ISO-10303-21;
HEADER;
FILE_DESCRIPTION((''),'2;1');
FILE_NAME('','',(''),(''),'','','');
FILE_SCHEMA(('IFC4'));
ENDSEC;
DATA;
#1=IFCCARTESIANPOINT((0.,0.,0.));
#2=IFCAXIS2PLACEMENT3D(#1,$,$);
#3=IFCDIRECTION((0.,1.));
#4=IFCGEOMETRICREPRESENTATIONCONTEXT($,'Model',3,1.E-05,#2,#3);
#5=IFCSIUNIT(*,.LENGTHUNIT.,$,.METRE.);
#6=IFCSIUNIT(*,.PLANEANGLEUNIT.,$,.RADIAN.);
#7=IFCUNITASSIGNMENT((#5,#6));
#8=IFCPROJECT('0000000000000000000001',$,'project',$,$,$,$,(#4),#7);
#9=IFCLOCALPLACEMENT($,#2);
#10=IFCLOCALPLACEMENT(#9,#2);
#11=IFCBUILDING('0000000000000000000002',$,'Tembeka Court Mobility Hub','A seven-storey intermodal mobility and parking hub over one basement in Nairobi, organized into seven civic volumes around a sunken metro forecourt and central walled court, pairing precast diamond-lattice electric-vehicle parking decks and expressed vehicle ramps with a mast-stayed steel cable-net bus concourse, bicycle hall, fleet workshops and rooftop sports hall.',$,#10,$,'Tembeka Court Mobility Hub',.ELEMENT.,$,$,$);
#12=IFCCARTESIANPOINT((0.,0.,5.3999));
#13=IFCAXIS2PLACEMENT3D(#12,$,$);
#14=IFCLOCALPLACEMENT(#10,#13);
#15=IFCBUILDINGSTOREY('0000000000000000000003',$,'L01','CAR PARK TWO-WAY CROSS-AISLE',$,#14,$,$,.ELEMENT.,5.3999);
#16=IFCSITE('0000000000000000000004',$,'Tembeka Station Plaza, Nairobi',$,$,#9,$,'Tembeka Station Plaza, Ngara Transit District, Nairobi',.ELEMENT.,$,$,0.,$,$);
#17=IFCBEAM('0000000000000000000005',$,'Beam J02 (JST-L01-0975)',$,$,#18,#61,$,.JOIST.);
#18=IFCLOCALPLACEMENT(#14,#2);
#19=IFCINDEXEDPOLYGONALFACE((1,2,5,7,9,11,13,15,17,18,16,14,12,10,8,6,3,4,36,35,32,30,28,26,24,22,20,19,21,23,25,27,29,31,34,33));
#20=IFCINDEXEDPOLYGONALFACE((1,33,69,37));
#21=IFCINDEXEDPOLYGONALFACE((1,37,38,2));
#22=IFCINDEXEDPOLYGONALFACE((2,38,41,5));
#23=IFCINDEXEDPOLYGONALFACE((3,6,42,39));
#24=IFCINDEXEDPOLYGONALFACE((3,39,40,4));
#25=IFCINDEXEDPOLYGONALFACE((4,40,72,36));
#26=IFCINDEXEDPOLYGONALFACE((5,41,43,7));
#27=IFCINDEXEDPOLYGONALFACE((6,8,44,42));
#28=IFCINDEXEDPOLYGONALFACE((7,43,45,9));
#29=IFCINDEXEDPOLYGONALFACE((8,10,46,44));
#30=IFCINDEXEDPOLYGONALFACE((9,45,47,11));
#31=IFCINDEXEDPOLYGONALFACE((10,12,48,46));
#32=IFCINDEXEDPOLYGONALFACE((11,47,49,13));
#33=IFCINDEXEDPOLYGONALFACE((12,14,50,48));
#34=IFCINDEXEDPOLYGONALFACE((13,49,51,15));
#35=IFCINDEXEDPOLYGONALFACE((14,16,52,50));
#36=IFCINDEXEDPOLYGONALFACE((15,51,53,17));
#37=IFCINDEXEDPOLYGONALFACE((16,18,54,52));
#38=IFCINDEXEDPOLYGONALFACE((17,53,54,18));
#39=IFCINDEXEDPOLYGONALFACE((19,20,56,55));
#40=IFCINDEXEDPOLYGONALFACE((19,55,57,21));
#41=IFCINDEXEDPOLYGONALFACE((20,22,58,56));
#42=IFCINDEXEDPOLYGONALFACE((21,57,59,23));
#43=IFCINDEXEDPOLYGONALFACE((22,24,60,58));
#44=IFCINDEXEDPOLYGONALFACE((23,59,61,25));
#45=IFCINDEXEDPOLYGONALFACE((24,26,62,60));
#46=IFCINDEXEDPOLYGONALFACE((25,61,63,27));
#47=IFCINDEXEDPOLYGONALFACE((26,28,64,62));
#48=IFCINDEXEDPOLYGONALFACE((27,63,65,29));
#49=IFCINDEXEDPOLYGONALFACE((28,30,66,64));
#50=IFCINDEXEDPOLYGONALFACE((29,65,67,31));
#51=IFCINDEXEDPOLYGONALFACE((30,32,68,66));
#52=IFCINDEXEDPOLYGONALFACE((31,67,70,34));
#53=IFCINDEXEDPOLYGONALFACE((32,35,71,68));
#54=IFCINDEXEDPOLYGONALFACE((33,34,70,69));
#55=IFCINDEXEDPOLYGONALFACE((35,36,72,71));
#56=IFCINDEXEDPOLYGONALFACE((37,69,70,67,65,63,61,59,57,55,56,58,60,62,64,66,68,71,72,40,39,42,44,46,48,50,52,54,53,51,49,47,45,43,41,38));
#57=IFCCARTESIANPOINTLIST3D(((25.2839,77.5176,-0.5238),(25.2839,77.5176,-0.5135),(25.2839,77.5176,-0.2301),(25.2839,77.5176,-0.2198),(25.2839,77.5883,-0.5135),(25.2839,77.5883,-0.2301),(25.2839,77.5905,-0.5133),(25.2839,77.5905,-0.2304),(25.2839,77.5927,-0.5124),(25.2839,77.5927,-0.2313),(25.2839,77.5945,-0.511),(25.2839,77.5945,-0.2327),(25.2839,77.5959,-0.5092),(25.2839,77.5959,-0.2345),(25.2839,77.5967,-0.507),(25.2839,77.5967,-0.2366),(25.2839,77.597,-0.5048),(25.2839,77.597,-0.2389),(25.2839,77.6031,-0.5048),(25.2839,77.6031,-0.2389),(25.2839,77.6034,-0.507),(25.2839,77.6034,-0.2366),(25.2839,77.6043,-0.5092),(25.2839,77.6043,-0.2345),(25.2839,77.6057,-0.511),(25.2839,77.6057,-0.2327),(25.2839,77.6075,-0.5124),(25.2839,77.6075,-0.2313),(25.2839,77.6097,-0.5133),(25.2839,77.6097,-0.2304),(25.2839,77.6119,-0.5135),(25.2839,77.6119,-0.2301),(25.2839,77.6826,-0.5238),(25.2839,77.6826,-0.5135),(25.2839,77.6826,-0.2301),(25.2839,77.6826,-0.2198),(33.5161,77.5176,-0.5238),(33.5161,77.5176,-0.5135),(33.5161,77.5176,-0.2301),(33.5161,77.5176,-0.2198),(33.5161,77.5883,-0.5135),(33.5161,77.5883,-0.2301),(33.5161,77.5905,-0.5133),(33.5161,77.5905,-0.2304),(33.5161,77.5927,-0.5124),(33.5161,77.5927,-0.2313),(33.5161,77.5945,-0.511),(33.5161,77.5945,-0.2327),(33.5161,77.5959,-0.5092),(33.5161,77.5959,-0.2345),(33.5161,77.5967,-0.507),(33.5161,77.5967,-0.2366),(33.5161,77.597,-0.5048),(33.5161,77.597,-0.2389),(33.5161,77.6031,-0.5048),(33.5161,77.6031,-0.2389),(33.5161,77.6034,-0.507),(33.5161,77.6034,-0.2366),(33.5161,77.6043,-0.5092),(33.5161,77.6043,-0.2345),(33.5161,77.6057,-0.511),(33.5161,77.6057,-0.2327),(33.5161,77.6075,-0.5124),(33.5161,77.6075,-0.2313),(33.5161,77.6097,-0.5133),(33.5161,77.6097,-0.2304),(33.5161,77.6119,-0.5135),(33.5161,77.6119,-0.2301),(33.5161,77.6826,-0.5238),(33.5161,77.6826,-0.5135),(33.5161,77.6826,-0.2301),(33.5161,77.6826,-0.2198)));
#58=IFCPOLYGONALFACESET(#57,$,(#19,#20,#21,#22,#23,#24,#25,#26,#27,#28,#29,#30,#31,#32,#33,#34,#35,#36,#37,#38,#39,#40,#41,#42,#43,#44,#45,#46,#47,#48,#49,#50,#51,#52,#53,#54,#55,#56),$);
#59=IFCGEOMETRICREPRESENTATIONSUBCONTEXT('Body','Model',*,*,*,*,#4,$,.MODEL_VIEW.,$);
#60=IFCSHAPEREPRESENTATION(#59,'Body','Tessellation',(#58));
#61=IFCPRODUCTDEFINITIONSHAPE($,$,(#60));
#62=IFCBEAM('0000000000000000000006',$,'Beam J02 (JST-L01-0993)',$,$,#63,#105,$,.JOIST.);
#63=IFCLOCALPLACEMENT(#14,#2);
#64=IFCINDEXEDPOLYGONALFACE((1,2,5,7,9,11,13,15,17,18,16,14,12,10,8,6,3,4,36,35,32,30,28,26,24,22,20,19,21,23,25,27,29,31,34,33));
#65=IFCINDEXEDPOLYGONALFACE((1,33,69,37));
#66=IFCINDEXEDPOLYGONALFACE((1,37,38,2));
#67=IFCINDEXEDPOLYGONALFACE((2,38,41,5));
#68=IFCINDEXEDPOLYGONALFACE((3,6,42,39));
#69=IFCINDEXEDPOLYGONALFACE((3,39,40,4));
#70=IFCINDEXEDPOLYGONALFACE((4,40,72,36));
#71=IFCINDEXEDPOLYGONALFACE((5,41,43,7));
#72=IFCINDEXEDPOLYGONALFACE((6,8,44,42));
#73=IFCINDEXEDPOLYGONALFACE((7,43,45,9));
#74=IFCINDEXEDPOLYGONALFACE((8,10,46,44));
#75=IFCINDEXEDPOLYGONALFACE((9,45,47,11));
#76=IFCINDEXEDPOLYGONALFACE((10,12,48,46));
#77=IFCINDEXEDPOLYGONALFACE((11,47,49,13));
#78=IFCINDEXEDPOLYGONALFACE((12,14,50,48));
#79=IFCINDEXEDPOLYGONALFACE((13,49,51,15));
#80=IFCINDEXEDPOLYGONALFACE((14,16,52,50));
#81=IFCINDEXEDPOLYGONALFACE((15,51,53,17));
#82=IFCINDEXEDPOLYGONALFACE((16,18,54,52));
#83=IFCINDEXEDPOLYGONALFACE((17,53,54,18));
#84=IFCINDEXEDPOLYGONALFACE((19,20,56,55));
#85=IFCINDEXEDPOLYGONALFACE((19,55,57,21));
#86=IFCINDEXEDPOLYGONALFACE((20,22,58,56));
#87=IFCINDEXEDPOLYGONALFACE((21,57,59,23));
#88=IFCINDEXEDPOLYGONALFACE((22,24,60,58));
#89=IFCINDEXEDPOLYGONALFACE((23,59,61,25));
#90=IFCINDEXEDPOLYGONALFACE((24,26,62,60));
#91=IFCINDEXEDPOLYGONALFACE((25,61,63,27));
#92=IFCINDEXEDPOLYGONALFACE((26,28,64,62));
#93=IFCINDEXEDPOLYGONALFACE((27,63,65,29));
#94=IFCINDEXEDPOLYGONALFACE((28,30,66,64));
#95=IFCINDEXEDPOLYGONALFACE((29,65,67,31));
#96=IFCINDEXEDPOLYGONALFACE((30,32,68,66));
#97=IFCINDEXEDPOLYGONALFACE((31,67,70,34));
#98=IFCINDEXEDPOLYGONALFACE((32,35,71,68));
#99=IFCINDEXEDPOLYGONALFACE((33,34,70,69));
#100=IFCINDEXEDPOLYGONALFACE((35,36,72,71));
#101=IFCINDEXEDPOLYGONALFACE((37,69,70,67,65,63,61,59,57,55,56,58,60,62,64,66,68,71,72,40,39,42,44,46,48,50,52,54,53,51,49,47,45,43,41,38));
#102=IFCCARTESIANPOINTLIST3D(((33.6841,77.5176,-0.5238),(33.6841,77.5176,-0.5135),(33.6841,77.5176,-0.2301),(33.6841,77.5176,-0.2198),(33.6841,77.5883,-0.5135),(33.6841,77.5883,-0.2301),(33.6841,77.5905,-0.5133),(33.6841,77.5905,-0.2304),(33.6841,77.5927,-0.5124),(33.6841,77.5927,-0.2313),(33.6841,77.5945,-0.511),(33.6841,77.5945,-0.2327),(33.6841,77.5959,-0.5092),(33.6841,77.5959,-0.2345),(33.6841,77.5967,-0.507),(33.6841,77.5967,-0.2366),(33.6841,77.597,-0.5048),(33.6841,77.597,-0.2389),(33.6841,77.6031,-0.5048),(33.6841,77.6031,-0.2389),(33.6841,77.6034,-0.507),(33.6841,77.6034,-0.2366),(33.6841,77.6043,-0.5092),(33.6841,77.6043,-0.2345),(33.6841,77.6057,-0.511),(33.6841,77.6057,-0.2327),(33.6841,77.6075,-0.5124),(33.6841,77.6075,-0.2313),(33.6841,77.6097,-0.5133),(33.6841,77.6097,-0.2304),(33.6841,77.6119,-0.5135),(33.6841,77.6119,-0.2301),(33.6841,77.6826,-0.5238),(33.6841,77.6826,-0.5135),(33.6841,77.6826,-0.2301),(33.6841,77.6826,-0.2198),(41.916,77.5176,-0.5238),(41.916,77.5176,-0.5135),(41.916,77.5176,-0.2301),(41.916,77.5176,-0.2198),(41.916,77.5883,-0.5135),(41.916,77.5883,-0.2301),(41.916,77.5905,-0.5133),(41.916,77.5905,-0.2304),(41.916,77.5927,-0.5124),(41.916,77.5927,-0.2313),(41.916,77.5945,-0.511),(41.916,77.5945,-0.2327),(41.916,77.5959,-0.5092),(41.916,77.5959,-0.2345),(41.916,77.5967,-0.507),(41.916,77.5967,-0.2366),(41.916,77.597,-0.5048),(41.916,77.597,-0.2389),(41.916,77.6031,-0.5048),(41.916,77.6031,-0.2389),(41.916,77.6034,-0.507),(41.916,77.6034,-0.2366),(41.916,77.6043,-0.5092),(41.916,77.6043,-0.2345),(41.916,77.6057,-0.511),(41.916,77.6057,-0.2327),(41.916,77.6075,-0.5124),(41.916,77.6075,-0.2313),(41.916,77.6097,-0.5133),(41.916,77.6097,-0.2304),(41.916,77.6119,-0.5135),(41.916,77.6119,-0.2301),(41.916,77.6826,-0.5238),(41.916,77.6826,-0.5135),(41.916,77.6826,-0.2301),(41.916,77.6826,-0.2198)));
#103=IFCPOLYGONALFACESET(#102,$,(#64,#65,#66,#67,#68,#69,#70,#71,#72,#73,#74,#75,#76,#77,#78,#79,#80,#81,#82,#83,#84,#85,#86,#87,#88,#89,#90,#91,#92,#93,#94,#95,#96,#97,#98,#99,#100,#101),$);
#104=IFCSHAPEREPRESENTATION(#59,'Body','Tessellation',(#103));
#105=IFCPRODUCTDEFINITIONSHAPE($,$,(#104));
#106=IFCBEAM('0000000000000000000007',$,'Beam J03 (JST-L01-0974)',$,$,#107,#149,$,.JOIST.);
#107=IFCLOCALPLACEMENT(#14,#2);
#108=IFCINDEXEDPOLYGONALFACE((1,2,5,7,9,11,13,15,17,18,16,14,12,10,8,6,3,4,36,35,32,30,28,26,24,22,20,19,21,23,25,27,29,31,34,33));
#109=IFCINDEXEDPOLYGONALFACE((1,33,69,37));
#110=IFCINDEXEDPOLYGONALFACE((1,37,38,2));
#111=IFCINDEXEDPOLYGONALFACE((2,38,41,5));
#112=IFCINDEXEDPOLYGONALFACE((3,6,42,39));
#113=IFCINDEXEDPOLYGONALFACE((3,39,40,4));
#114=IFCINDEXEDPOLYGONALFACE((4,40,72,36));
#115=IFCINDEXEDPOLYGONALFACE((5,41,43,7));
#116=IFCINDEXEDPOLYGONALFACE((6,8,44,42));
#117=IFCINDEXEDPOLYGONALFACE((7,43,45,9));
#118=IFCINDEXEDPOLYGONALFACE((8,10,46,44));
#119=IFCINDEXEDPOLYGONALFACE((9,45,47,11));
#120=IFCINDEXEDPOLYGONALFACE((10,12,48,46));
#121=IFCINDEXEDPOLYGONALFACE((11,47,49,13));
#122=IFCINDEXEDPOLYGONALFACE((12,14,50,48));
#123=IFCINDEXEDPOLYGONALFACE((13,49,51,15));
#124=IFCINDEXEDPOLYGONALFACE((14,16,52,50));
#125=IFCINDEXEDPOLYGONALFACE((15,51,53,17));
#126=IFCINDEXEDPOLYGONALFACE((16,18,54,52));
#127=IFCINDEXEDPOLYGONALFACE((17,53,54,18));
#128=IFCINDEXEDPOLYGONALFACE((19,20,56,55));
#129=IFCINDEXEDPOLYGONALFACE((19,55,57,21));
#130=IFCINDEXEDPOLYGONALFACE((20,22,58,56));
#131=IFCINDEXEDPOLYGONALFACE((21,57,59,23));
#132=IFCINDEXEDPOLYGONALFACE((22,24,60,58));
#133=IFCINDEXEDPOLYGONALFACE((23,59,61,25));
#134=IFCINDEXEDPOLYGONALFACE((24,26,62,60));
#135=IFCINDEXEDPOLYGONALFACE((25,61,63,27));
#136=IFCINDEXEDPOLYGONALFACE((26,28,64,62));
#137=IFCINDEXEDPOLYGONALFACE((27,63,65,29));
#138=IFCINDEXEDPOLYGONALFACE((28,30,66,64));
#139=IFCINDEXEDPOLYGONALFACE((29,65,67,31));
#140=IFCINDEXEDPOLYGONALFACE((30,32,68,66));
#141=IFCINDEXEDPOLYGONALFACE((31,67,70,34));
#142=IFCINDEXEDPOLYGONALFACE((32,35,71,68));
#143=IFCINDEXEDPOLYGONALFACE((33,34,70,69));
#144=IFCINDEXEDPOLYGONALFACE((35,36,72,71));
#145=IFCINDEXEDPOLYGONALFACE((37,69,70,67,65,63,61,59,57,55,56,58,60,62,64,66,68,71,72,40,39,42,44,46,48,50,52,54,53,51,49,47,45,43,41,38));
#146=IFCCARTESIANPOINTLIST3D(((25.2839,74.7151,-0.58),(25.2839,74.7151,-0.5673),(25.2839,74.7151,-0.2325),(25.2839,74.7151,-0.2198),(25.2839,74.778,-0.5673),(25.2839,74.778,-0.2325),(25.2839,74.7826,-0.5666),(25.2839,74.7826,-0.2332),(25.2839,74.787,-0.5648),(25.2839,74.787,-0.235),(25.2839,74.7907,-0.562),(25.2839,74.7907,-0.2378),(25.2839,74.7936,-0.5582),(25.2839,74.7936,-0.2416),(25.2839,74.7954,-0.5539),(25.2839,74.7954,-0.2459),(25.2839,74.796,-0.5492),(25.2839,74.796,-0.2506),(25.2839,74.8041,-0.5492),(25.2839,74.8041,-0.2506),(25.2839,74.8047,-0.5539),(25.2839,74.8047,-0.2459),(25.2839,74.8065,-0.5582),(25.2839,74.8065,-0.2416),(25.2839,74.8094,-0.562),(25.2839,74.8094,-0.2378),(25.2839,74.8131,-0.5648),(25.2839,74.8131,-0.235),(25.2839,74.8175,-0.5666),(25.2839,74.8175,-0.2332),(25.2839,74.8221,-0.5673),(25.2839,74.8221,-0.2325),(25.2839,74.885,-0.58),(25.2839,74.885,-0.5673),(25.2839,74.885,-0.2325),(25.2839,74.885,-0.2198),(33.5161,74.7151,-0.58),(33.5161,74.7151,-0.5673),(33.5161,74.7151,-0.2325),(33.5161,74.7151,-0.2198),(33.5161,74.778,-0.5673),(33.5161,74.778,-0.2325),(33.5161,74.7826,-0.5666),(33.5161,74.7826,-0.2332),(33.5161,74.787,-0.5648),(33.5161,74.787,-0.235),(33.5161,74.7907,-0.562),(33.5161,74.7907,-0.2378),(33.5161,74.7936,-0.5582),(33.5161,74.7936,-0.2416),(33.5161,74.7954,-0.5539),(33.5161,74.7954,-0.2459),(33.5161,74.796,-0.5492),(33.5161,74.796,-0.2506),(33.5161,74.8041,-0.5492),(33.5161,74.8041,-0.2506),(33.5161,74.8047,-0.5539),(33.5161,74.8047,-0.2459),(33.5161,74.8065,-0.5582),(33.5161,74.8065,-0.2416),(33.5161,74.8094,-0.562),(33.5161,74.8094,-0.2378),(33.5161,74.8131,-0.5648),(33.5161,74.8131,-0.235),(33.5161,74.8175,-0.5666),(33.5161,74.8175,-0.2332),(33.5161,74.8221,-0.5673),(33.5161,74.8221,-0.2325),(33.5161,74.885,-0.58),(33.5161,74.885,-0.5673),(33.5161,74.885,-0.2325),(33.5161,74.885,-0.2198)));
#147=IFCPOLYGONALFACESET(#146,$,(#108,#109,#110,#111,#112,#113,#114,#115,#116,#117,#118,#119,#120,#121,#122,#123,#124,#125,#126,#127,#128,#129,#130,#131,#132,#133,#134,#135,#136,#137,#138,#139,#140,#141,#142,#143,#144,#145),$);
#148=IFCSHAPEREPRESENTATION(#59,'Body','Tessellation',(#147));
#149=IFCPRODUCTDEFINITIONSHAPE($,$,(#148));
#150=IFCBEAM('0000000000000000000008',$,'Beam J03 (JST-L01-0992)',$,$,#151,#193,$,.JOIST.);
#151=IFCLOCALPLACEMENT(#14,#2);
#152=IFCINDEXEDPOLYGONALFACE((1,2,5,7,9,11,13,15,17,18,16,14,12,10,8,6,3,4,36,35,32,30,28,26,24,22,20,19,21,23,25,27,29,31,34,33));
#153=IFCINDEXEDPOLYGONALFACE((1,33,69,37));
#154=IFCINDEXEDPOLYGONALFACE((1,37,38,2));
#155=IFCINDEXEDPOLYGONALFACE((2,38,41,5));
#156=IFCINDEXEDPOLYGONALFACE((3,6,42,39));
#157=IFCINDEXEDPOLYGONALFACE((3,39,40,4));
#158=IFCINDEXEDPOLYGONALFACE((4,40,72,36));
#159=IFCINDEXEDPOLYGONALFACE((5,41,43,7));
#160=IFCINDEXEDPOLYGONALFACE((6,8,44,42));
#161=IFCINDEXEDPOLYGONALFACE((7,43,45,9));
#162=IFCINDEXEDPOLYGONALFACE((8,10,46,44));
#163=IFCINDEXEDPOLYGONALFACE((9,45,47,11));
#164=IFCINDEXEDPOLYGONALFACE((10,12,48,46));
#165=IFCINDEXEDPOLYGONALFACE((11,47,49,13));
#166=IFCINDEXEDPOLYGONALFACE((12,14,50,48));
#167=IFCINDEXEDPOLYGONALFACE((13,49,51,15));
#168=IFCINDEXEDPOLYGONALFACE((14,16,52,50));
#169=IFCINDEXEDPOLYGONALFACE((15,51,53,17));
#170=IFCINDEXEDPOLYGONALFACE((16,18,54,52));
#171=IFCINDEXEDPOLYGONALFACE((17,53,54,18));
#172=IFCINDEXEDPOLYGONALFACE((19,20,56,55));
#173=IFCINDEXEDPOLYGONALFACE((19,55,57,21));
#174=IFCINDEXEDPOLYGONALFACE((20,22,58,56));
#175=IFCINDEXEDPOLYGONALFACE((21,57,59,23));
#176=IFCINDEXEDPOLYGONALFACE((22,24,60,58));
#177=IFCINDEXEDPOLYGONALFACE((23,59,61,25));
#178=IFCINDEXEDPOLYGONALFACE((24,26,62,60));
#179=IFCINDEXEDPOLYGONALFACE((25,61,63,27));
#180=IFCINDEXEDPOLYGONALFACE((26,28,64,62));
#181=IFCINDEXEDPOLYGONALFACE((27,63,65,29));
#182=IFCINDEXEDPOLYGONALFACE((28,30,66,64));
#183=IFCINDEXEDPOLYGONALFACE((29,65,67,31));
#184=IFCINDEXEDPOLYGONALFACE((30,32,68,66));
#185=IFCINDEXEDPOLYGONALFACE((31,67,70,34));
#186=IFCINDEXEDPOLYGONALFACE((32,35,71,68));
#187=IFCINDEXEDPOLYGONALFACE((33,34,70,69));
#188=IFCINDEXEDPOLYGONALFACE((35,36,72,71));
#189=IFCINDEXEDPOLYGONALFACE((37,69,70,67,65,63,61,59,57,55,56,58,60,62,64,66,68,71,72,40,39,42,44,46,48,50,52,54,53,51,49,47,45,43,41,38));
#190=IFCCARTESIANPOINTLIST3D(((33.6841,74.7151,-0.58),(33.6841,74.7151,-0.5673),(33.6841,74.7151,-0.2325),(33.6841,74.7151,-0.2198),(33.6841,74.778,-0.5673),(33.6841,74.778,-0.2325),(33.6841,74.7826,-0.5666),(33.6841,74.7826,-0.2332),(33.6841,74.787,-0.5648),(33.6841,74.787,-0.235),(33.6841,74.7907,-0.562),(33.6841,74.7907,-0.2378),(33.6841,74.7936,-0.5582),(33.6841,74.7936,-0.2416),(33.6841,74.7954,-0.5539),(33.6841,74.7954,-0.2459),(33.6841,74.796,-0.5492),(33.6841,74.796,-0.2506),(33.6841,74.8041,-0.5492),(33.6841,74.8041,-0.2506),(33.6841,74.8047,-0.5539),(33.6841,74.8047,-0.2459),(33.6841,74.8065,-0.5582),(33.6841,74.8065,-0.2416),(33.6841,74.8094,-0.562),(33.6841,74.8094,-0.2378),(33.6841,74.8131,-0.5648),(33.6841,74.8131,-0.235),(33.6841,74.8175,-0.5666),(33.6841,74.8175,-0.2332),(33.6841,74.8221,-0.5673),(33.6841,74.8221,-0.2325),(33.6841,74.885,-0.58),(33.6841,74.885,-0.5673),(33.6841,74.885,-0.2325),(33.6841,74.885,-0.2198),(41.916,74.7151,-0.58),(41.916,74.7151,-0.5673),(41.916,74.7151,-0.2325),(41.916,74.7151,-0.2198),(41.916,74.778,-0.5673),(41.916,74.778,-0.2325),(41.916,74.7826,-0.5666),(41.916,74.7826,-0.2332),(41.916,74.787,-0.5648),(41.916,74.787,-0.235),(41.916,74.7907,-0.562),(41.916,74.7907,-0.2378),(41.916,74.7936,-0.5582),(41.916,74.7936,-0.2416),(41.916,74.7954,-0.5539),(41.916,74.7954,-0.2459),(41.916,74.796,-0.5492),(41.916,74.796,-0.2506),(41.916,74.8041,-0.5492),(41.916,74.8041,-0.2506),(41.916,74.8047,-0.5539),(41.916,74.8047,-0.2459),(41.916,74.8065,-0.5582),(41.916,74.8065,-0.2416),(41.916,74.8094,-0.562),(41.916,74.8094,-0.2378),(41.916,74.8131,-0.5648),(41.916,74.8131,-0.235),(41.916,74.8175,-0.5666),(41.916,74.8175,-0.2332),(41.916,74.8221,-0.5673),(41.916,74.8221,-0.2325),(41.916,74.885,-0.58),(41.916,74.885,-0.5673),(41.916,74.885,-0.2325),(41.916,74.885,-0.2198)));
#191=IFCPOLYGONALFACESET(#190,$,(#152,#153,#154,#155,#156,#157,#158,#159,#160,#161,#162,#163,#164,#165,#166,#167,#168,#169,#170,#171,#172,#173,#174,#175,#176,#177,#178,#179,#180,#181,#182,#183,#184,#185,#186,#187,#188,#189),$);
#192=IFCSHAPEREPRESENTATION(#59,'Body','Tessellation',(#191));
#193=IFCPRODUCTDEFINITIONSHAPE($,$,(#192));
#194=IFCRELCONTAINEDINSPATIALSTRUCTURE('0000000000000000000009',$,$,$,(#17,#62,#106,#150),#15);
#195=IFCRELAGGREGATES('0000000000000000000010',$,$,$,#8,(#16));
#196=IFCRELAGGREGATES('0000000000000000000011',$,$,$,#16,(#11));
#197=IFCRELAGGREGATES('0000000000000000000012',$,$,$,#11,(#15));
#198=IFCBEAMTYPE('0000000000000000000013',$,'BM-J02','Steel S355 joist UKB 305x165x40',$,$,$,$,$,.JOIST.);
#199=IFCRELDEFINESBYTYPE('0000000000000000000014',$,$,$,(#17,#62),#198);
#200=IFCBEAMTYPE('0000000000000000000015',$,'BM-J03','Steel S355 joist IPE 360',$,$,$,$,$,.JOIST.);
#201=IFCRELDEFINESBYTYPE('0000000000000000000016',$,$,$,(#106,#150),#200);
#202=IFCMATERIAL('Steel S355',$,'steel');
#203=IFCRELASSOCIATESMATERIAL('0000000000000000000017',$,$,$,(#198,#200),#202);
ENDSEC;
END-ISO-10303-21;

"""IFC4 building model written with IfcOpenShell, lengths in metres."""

from ifc_helpers import new_model, si_unit, direction, frame, origin, origin_2d, place, context, subcontext, project, spatial, i_section, extrude, material, material_profile, profile_set, type_object, element, save


model = new_model("IFC4")

# Units and contexts
model_context = context("Model", 3, precision=1e-05, world=origin(), true_north=direction((0.0, 1.0)))
body_context = subcontext(model_context, "Body", "Model", "MODEL_VIEW")
ifc_project = project(units=[si_unit("LENGTHUNIT", "METRE"), si_unit("PLANEANGLEUNIT", "RADIAN")], contexts=[model_context])

# Site, building, storey
site_placement = place(None, origin())
site = spatial("IfcSite", under=ifc_project, at=site_placement, Name="Tembeka Station Plaza, Nairobi", LongName="Tembeka Station Plaza, Ngara Transit District, Nairobi", CompositionType="ELEMENT", RefElevation=0.0)
building_placement = place(site_placement, origin())
building = spatial("IfcBuilding", under=site, at=building_placement, Name="Tembeka Court Mobility Hub", Description="A seven-storey intermodal mobility and parking hub over one basement in Nairobi, organized into seven civic volumes around a sunken metro forecourt and central walled court, pairing precast diamond-lattice electric-vehicle parking decks and expressed vehicle ramps with a mast-stayed steel cable-net bus concourse, bicycle hall, fleet workshops and rooftop sports hall.", LongName="Tembeka Court Mobility Hub", CompositionType="ELEMENT")
storey_placement = place(building_placement, frame((0.0, 0.0, 5.3999)))
storey = spatial("IfcBuildingStorey", under=building, at=storey_placement, Name="L01", Description="CAR PARK TWO-WAY CROSS-AISLE", CompositionType="ELEMENT", Elevation=5.3999)

# Shared definitions
ifc_material = material(Name="Steel S355", Category="steel")

# Beams
ifc_material_profile_1 = material_profile(ifc_material, i_section(OverallWidth=0.165, OverallDepth=0.304, WebThickness=0.0061, FlangeThickness=0.0103, FilletRadius=0.0088, at=origin_2d()), Name="UKB 305x165x40")
ifc_profile_set_1 = profile_set([ifc_material_profile_1], Name="Steel S355")
beam_type_1 = type_object("IfcBeamType", Name="BM-J02", Description="Steel S355 joist UKB 305x165x40", PredefinedType="JOIST", material=ifc_profile_set_1)
beam_1_placement = place(storey_placement, frame((25.2839, 77.6001, -0.3718), z_axis=(1.0, 0.0, 0.0), x_axis=(0.0, 1.0, 0.0)))
element("IfcBeam", 1, at=beam_1_placement, inside=storey, type_object=beam_type_1, Name="Beam J02 (JST-L01-0975)", PredefinedType="JOIST", context=body_context, shape_type="SweptSolid", body=[
    extrude(i_section(OverallWidth=0.165, OverallDepth=0.304, WebThickness=0.0061, FlangeThickness=0.0103, FilletRadius=0.0088, at=origin_2d()), origin(), (0.0, 0.0, 1.0), 8.2322),
])
beam_2_placement = place(storey_placement, frame((33.6841, 77.6001, -0.3718), z_axis=(1.0, 0.0, 0.0), x_axis=(0.0, 1.0, 0.0)))
element("IfcBeam", 2, at=beam_2_placement, inside=storey, type_object=beam_type_1, Name="Beam J02 (JST-L01-0993)", PredefinedType="JOIST", context=body_context, shape_type="SweptSolid", body=[
    extrude(i_section(OverallWidth=0.165, OverallDepth=0.304, WebThickness=0.0061, FlangeThickness=0.0103, FilletRadius=0.0088, at=origin_2d()), origin(), (0.0, 0.0, 1.0), 8.2319),
])
ifc_material_profile_2 = material_profile(ifc_material, i_section(OverallWidth=0.1699, OverallDepth=0.3601, WebThickness=0.0081, FlangeThickness=0.0127, FilletRadius=0.0181, at=origin_2d()), Name="IPE 360")
ifc_profile_set_2 = profile_set([ifc_material_profile_2], Name="Steel S355")
beam_type_2 = type_object("IfcBeamType", Name="BM-J03", Description="Steel S355 joist IPE 360", PredefinedType="JOIST", material=ifc_profile_set_2)
beam_3_placement = place(storey_placement, frame((25.2839, 74.8, -0.3999), z_axis=(1.0, 0.0, 0.0), x_axis=(0.0, 1.0, 0.0)))
element("IfcBeam", 3, at=beam_3_placement, inside=storey, type_object=beam_type_2, Name="Beam J03 (JST-L01-0974)", PredefinedType="JOIST", context=body_context, shape_type="SweptSolid", body=[
    extrude(i_section(OverallWidth=0.1699, OverallDepth=0.3601, WebThickness=0.0081, FlangeThickness=0.0127, FilletRadius=0.0181, at=origin_2d()), origin(), (0.0, 0.0, 1.0), 8.2322),
])
beam_4_placement = place(storey_placement, frame((33.6841, 74.8, -0.3999), z_axis=(1.0, 0.0, 0.0), x_axis=(0.0, 1.0, 0.0)))
element("IfcBeam", 4, at=beam_4_placement, inside=storey, type_object=beam_type_2, Name="Beam J03 (JST-L01-0992)", PredefinedType="JOIST", context=body_context, shape_type="SweptSolid", body=[
    extrude(i_section(OverallWidth=0.1699, OverallDepth=0.3601, WebThickness=0.0081, FlangeThickness=0.0127, FilletRadius=0.0181, at=origin_2d()), origin(), (0.0, 0.0, 1.0), 8.2319),
])

save(model, "model.ifc")
